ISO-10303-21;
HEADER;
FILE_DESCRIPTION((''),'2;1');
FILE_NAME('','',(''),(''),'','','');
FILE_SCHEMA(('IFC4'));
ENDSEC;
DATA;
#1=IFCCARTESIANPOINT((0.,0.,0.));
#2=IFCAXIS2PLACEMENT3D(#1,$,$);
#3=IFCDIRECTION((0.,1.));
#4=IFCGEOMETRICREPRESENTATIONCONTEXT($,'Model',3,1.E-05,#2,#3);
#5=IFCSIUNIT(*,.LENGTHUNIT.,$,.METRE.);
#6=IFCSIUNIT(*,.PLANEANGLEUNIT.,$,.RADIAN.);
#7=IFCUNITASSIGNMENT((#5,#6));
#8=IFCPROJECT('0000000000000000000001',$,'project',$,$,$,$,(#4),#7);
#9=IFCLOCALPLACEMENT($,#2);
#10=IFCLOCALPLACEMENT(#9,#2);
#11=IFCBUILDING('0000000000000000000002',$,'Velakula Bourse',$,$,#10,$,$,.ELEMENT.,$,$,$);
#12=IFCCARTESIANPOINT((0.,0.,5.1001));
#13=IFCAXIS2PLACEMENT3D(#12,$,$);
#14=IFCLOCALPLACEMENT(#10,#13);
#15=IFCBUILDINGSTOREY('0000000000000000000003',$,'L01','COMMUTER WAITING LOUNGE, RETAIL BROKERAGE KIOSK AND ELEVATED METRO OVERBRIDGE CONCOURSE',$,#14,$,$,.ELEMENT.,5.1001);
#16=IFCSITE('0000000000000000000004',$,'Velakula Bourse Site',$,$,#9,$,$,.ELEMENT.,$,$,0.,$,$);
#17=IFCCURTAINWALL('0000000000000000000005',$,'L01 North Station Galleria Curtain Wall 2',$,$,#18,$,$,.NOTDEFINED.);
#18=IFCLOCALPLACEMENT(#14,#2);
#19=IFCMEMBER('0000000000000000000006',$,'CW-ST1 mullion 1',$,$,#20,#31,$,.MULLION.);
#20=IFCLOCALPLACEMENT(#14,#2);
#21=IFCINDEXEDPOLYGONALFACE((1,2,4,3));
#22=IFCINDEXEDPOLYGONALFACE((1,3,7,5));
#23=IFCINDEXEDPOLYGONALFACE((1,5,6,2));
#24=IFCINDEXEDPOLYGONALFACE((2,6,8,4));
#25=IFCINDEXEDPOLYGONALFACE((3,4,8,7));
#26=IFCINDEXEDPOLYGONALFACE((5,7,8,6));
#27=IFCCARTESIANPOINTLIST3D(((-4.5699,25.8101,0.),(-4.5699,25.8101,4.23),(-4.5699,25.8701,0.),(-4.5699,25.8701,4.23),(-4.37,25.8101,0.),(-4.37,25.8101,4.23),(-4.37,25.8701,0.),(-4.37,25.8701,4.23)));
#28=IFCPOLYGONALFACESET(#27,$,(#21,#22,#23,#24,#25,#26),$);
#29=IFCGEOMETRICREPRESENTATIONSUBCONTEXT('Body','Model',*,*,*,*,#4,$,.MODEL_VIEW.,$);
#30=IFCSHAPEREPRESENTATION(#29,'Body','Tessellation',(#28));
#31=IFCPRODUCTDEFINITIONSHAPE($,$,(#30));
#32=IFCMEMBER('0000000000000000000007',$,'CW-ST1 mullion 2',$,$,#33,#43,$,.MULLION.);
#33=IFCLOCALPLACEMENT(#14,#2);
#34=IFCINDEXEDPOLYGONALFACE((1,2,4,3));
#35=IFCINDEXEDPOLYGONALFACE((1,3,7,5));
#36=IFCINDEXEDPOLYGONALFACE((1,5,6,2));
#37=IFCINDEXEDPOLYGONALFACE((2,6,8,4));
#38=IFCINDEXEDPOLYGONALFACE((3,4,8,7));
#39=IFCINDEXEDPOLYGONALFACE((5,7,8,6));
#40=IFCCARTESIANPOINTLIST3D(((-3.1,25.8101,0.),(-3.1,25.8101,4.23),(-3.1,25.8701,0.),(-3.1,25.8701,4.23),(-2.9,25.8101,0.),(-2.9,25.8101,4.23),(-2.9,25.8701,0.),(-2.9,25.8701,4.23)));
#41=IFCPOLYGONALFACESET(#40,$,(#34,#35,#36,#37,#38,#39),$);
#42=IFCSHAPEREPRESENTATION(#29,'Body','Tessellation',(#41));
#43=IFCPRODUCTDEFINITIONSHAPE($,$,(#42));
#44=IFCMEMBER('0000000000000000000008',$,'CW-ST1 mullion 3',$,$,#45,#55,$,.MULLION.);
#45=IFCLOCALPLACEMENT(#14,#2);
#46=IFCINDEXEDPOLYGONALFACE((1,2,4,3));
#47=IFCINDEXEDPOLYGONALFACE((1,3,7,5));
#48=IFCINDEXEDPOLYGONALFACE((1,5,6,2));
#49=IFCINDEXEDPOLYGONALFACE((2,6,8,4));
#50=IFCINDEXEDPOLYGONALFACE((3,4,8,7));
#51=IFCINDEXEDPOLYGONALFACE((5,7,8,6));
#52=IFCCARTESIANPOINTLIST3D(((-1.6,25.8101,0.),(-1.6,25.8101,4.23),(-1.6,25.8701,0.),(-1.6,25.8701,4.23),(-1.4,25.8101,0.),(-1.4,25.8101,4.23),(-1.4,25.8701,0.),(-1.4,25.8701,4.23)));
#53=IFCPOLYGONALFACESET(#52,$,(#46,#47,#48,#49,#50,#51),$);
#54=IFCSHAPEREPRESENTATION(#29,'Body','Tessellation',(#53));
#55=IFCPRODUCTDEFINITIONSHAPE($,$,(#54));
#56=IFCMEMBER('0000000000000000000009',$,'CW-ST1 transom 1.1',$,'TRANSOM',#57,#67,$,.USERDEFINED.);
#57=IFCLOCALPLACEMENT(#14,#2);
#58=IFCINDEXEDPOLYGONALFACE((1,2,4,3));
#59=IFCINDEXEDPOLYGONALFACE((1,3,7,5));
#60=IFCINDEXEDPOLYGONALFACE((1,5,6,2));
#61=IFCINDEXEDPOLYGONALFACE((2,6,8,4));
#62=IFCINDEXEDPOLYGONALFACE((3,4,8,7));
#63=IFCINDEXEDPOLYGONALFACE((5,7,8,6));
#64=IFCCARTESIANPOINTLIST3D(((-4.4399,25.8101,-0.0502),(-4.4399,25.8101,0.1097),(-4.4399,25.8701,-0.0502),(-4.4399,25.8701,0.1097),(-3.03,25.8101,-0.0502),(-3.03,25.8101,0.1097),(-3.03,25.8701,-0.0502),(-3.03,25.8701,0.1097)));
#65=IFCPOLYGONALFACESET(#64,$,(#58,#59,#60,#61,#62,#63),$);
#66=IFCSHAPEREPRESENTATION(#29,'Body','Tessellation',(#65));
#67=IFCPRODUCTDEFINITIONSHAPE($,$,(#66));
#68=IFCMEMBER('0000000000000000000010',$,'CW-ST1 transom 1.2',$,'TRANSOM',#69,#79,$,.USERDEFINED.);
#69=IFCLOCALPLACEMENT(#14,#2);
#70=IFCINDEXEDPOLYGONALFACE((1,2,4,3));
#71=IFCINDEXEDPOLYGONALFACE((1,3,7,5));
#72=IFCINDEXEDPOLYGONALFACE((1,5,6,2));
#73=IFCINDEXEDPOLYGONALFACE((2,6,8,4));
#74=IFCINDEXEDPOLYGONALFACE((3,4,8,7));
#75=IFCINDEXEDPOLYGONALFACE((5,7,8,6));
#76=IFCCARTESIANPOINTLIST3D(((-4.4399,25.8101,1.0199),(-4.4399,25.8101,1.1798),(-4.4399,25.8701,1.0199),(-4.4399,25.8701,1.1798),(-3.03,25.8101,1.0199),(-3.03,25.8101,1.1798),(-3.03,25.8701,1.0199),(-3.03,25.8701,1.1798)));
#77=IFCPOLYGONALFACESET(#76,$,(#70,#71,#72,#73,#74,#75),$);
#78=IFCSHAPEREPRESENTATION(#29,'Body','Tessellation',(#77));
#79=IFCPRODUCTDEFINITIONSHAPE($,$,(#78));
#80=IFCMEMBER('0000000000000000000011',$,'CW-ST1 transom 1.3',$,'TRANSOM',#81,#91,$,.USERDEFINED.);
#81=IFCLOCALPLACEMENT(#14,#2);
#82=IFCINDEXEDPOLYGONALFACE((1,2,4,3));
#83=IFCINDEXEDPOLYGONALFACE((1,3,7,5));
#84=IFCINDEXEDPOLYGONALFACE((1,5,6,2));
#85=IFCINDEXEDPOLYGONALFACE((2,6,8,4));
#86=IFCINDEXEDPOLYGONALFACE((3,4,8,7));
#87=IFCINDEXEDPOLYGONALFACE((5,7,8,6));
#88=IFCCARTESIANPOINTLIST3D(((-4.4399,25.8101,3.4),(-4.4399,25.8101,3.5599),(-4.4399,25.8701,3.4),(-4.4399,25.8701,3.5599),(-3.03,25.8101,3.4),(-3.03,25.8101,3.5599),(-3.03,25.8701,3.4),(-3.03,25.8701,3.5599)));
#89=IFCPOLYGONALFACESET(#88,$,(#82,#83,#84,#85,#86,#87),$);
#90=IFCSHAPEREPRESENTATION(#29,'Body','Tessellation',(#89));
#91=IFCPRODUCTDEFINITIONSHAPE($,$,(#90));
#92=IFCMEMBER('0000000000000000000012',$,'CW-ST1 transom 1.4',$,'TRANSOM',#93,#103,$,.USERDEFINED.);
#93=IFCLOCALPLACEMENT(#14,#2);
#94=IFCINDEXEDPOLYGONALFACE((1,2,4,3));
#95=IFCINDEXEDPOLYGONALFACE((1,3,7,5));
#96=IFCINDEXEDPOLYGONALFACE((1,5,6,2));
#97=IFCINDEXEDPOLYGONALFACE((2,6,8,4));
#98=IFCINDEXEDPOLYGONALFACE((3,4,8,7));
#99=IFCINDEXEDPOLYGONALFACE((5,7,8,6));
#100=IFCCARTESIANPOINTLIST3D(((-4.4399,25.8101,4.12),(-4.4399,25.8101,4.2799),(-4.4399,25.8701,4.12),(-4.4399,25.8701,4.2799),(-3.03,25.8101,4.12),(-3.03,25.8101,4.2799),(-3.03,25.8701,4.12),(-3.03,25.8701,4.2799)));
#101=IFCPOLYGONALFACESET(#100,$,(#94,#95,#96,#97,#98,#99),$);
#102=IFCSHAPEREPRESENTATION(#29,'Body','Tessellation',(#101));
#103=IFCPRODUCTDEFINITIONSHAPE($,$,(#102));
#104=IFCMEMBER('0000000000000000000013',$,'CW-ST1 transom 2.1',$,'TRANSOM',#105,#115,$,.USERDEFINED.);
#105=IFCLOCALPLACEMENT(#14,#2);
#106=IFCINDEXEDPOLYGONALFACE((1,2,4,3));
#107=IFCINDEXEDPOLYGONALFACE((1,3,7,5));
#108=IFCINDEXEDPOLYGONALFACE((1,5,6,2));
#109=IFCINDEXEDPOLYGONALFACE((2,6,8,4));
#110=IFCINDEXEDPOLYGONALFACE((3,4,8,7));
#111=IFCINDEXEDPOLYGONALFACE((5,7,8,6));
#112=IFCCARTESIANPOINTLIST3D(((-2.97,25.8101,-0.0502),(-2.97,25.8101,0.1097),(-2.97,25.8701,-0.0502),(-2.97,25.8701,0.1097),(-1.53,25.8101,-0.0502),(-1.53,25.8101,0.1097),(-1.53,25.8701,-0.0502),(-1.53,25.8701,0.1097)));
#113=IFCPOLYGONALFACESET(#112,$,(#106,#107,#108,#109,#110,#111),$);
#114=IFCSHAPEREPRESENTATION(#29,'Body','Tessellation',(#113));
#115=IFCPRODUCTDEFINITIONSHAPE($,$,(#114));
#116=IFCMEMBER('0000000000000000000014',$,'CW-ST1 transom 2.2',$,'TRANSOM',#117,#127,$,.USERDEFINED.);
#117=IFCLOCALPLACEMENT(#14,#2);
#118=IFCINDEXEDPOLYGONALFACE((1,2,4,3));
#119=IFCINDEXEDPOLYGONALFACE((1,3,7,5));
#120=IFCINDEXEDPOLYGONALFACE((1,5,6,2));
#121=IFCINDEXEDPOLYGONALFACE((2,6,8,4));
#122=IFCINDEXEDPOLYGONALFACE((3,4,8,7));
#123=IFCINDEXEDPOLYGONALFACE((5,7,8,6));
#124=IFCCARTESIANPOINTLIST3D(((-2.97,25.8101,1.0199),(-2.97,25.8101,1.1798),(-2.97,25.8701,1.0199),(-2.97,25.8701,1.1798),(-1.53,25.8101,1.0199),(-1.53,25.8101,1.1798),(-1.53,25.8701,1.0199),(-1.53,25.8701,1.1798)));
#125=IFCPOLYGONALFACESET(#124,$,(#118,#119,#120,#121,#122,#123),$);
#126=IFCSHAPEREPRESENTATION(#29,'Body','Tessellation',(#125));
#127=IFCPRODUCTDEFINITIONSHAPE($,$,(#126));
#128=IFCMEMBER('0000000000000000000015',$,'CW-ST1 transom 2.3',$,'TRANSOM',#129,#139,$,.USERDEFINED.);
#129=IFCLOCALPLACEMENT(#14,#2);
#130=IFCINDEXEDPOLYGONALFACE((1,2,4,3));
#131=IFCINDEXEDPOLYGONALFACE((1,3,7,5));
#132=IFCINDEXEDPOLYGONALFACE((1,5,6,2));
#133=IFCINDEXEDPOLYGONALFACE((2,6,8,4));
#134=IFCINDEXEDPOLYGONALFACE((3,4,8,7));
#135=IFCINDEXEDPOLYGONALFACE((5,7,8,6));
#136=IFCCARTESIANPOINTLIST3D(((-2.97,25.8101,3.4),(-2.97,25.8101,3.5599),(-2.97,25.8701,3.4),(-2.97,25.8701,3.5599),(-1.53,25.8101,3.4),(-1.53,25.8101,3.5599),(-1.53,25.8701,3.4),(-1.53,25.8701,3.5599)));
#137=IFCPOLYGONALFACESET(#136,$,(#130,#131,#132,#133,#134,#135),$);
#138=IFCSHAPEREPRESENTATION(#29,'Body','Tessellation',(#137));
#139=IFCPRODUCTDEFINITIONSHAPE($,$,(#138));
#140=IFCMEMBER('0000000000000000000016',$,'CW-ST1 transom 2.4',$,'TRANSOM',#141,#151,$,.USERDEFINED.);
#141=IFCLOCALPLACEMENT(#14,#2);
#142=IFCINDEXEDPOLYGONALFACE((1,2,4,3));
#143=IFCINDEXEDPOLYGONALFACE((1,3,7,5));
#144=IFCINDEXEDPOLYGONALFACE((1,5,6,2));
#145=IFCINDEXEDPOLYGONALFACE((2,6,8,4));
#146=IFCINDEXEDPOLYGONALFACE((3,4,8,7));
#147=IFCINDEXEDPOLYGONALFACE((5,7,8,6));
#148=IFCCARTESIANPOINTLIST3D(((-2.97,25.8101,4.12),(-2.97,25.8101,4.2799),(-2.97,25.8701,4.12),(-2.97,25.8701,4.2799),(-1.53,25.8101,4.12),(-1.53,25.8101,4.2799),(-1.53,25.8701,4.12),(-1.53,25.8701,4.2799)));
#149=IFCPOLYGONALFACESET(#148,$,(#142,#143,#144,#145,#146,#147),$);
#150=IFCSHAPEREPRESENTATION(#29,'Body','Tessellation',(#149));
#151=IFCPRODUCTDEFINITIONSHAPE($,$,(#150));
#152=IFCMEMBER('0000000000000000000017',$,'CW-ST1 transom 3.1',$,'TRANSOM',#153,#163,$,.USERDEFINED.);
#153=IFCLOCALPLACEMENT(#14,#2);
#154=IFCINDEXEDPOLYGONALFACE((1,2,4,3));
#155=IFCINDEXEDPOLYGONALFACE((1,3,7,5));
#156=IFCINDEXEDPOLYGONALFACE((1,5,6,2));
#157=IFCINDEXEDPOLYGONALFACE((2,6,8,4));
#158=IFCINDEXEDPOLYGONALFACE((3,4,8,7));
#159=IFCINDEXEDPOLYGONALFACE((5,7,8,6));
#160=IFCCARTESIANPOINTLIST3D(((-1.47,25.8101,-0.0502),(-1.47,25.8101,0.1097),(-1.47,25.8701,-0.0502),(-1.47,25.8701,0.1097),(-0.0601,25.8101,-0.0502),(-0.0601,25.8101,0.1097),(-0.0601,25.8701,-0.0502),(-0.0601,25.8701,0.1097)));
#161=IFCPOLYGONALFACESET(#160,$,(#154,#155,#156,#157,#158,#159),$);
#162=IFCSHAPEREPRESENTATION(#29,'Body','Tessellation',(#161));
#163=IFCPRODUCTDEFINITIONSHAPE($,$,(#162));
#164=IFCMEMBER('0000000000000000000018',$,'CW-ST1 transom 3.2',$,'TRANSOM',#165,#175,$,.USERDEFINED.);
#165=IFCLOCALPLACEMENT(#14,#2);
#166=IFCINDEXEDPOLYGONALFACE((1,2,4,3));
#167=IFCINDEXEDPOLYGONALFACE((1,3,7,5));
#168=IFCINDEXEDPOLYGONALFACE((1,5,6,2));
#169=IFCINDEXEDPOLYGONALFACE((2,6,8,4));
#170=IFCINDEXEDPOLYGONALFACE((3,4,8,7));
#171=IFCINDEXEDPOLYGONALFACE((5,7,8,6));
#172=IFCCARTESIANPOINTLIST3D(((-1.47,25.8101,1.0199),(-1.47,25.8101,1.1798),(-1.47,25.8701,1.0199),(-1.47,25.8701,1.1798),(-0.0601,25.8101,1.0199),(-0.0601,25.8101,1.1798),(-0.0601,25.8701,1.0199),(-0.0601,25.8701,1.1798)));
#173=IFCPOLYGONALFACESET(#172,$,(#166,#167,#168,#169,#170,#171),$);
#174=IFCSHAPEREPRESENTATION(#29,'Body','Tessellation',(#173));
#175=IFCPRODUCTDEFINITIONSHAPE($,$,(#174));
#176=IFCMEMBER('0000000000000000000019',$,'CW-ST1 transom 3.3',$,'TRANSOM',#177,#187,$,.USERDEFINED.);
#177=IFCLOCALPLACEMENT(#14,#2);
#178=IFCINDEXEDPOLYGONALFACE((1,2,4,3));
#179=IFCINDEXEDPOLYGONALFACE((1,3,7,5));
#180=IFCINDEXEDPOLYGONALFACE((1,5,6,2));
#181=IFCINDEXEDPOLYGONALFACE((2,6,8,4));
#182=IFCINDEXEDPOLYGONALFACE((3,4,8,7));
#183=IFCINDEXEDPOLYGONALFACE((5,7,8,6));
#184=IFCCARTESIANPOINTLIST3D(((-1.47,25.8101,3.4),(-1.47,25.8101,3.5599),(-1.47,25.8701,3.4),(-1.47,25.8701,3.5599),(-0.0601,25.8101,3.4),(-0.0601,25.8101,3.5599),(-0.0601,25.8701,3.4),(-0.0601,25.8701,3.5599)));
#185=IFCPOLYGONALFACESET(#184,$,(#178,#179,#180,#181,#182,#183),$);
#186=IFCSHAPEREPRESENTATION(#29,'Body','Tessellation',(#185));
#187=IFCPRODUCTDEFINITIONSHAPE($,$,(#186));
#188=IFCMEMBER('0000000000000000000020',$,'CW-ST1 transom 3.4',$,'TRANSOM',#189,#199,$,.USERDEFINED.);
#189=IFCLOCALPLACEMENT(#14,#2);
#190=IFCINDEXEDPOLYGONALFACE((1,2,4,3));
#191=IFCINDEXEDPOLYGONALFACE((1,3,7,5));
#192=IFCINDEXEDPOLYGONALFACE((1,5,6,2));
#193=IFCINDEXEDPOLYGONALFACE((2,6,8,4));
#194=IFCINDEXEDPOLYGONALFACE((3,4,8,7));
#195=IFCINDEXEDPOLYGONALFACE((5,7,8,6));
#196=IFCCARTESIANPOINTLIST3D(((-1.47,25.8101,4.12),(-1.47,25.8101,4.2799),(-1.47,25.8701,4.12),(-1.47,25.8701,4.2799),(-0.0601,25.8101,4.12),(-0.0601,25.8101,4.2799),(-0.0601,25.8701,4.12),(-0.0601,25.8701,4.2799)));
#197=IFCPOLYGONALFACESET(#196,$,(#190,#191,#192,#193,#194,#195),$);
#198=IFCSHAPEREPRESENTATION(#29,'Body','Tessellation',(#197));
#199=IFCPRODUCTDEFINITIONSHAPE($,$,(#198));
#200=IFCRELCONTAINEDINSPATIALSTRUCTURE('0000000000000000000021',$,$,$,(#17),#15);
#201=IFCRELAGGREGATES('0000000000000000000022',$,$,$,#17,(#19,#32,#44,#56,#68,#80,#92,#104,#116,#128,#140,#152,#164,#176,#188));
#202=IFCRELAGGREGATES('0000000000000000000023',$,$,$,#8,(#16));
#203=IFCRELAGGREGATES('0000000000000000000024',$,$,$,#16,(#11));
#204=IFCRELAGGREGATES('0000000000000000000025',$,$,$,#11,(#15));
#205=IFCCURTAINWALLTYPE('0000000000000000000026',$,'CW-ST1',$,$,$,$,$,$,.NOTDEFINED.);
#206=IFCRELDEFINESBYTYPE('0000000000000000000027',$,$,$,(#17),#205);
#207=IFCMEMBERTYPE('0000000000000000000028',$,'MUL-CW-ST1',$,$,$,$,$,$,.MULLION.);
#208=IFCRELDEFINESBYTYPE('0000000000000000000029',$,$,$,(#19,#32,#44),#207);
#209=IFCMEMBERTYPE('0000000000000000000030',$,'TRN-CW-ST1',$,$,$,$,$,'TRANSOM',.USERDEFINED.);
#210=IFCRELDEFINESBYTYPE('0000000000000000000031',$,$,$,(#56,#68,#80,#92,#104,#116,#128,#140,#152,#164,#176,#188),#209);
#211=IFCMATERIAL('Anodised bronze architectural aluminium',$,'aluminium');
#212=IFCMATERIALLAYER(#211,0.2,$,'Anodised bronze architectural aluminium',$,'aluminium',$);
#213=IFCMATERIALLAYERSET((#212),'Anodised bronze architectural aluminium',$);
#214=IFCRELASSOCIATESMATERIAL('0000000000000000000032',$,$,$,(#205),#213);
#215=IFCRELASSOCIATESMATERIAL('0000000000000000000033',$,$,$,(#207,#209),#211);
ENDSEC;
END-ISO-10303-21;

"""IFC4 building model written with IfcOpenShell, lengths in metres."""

from ifc_helpers import new_model, si_unit, direction, frame, origin, origin_2d, place, context, subcontext, project, spatial, rectangle, extrude, material, layer, layer_set, material_profile, profile_set, type_object, element, aggregate, save


model = new_model("IFC4")

# Units and contexts
model_context = context("Model", 3, precision=1e-05, world=origin(), true_north=direction((0.0, 1.0)))
body_context = subcontext(model_context, "Body", "Model", "MODEL_VIEW")
ifc_project = project(units=[si_unit("LENGTHUNIT", "METRE"), si_unit("PLANEANGLEUNIT", "RADIAN")], contexts=[model_context])

# Site, building, storey
site_placement = place(None, origin())
site = spatial("IfcSite", under=ifc_project, at=site_placement, Name="Velakula Bourse Site", CompositionType="ELEMENT", RefElevation=0.0)
building_placement = place(site_placement, origin())
building = spatial("IfcBuilding", under=site, at=building_placement, Name="Velakula Bourse", CompositionType="ELEMENT")
storey_placement = place(building_placement, frame((0.0, 0.0, 5.1001)))
storey = spatial("IfcBuildingStorey", under=building, at=storey_placement, Name="L01", Description="COMMUTER WAITING LOUNGE, RETAIL BROKERAGE KIOSK AND ELEVATED METRO OVERBRIDGE CONCOURSE", CompositionType="ELEMENT", Elevation=5.1001)

# Curtain wall, members
ifc_material_1 = material(Name="Anodised bronze architectural aluminium", Category="aluminium")
ifc_layer_1 = layer(ifc_material_1, 0.2, Name="Anodised bronze architectural aluminium", Category="aluminium")
ifc_layer_set_1 = layer_set([ifc_layer_1], Name="Anodised bronze architectural aluminium")
curtain_wall_type = type_object("IfcCurtainWallType", Name="CW-ST1", PredefinedType="NOTDEFINED", material=ifc_layer_set_1)
curtain_wall_placement = place(storey_placement, origin())
curtain_wall = element("IfcCurtainWall", 1, at=curtain_wall_placement, inside=storey, type_object=curtain_wall_type, Name="L01 North Station Galleria Curtain Wall 2", PredefinedType="NOTDEFINED")
ifc_material_profile_1 = material_profile(ifc_material_1, rectangle(XDim=0.0601, YDim=0.2, at=origin_2d()), Name="Anodised bronze architectural aluminium")
ifc_profile_set_1 = profile_set([ifc_material_profile_1], Name="Anodised bronze architectural aluminium")
member_type_1 = type_object("IfcMemberType", Name="MUL-CW-ST1", PredefinedType="MULLION", material=ifc_profile_set_1)
member_1_placement = place(storey_placement, frame((-4.47, 25.8401, 0.0), z_axis=(0.0, 0.0, 1.0), x_axis=(0.0, 1.0, 0.0)))
member_1 = element("IfcMember", 2, at=member_1_placement, type_object=member_type_1, Name="CW-ST1 mullion 1", PredefinedType="MULLION", context=body_context, shape_type="SweptSolid", body=[
    extrude(rectangle(XDim=0.0601, YDim=0.2, at=origin_2d()), origin(), (0.0, 0.0, 1.0), 4.23),
])
member_2_placement = place(storey_placement, frame((-3.0, 25.8401, 0.0), z_axis=(0.0, 0.0, 1.0), x_axis=(0.0, 1.0, 0.0)))
member_2 = element("IfcMember", 3, at=member_2_placement, type_object=member_type_1, Name="CW-ST1 mullion 2", PredefinedType="MULLION", context=body_context, shape_type="SweptSolid", body=[
    extrude(rectangle(XDim=0.0601, YDim=0.2, at=origin_2d()), origin(), (0.0, 0.0, 1.0), 4.23),
])
member_3_placement = place(storey_placement, frame((-1.5, 25.8401, 0.0), z_axis=(0.0, 0.0, 1.0), x_axis=(0.0, 1.0, 0.0)))
member_3 = element("IfcMember", 4, at=member_3_placement, type_object=member_type_1, Name="CW-ST1 mullion 3", PredefinedType="MULLION", context=body_context, shape_type="SweptSolid", body=[
    extrude(rectangle(XDim=0.0601, YDim=0.2, at=origin_2d()), origin(), (0.0, 0.0, 1.0), 4.23),
])
ifc_material_profile_2 = material_profile(ifc_material_1, rectangle(XDim=0.0601, YDim=0.1599, at=origin_2d()), Name="Anodised bronze architectural aluminium")
ifc_profile_set_2 = profile_set([ifc_material_profile_2], Name="Anodised bronze architectural aluminium")
member_type_2 = type_object("IfcMemberType", Name="TRN-CW-ST1", ElementType="TRANSOM", PredefinedType="USERDEFINED", material=ifc_profile_set_2)
member_4_placement = place(storey_placement, frame((-4.4399, 25.8401, 0.0298), z_axis=(1.0, 0.0, 0.0), x_axis=(0.0, 1.0, 0.0)))
member_4 = element("IfcMember", 5, at=member_4_placement, type_object=member_type_2, Name="CW-ST1 transom 1.1", ObjectType="TRANSOM", PredefinedType="USERDEFINED", context=body_context, shape_type="SweptSolid", body=[
    extrude(rectangle(XDim=0.0601, YDim=0.1599, at=origin_2d()), origin(), (0.0, 0.0, 1.0), 1.4099),
])
member_5_placement = place(storey_placement, frame((-4.4399, 25.8401, 1.0999), z_axis=(1.0, 0.0, 0.0), x_axis=(0.0, 1.0, 0.0)))
member_5 = element("IfcMember", 6, at=member_5_placement, type_object=member_type_2, Name="CW-ST1 transom 1.2", ObjectType="TRANSOM", PredefinedType="USERDEFINED", context=body_context, shape_type="SweptSolid", body=[
    extrude(rectangle(XDim=0.0601, YDim=0.1599, at=origin_2d()), origin(), (0.0, 0.0, 1.0), 1.4099),
])
member_6_placement = place(storey_placement, frame((-4.4399, 25.8401, 3.48), z_axis=(1.0, 0.0, 0.0), x_axis=(0.0, 1.0, 0.0)))
member_6 = element("IfcMember", 7, at=member_6_placement, type_object=member_type_2, Name="CW-ST1 transom 1.3", ObjectType="TRANSOM", PredefinedType="USERDEFINED", context=body_context, shape_type="SweptSolid", body=[
    extrude(rectangle(XDim=0.0601, YDim=0.1599, at=origin_2d()), origin(), (0.0, 0.0, 1.0), 1.4099),
])
member_7_placement = place(storey_placement, frame((-4.4399, 25.8401, 4.2), z_axis=(1.0, 0.0, 0.0), x_axis=(0.0, 1.0, 0.0)))
member_7 = element("IfcMember", 8, at=member_7_placement, type_object=member_type_2, Name="CW-ST1 transom 1.4", ObjectType="TRANSOM", PredefinedType="USERDEFINED", context=body_context, shape_type="SweptSolid", body=[
    extrude(rectangle(XDim=0.0601, YDim=0.1599, at=origin_2d()), origin(), (0.0, 0.0, 1.0), 1.4099),
])
member_8_placement = place(storey_placement, frame((-2.97, 25.8401, 0.0298), z_axis=(1.0, 0.0, 0.0), x_axis=(0.0, 1.0, 0.0)))
member_8 = element("IfcMember", 9, at=member_8_placement, type_object=member_type_2, Name="CW-ST1 transom 2.1", ObjectType="TRANSOM", PredefinedType="USERDEFINED", context=body_context, shape_type="SweptSolid", body=[
    extrude(rectangle(XDim=0.0601, YDim=0.1599, at=origin_2d()), origin(), (0.0, 0.0, 1.0), 1.4399),
])
member_9_placement = place(storey_placement, frame((-2.97, 25.8401, 1.0999), z_axis=(1.0, 0.0, 0.0), x_axis=(0.0, 1.0, 0.0)))
member_9 = element("IfcMember", 10, at=member_9_placement, type_object=member_type_2, Name="CW-ST1 transom 2.2", ObjectType="TRANSOM", PredefinedType="USERDEFINED", context=body_context, shape_type="SweptSolid", body=[
    extrude(rectangle(XDim=0.0601, YDim=0.1599, at=origin_2d()), origin(), (0.0, 0.0, 1.0), 1.4399),
])
member_10_placement = place(storey_placement, frame((-2.97, 25.8401, 3.48), z_axis=(1.0, 0.0, 0.0), x_axis=(0.0, 1.0, 0.0)))
member_10 = element("IfcMember", 11, at=member_10_placement, type_object=member_type_2, Name="CW-ST1 transom 2.3", ObjectType="TRANSOM", PredefinedType="USERDEFINED", context=body_context, shape_type="SweptSolid", body=[
    extrude(rectangle(XDim=0.0601, YDim=0.1599, at=origin_2d()), origin(), (0.0, 0.0, 1.0), 1.4399),
])
member_11_placement = place(storey_placement, frame((-2.97, 25.8401, 4.2), z_axis=(1.0, 0.0, 0.0), x_axis=(0.0, 1.0, 0.0)))
member_11 = element("IfcMember", 12, at=member_11_placement, type_object=member_type_2, Name="CW-ST1 transom 2.4", ObjectType="TRANSOM", PredefinedType="USERDEFINED", context=body_context, shape_type="SweptSolid", body=[
    extrude(rectangle(XDim=0.0601, YDim=0.1599, at=origin_2d()), origin(), (0.0, 0.0, 1.0), 1.4399),
])
member_12_placement = place(storey_placement, frame((-1.47, 25.8401, 0.0298), z_axis=(1.0, 0.0, 0.0), x_axis=(0.0, 1.0, 0.0)))
member_12 = element("IfcMember", 13, at=member_12_placement, type_object=member_type_2, Name="CW-ST1 transom 3.1", ObjectType="TRANSOM", PredefinedType="USERDEFINED", context=body_context, shape_type="SweptSolid", body=[
    extrude(rectangle(XDim=0.0601, YDim=0.1599, at=origin_2d()), origin(), (0.0, 0.0, 1.0), 1.4099),
])
member_13_placement = place(storey_placement, frame((-1.47, 25.8401, 1.0999), z_axis=(1.0, 0.0, 0.0), x_axis=(0.0, 1.0, 0.0)))
member_13 = element("IfcMember", 14, at=member_13_placement, type_object=member_type_2, Name="CW-ST1 transom 3.2", ObjectType="TRANSOM", PredefinedType="USERDEFINED", context=body_context, shape_type="SweptSolid", body=[
    extrude(rectangle(XDim=0.0601, YDim=0.1599, at=origin_2d()), origin(), (0.0, 0.0, 1.0), 1.4099),
])
member_14_placement = place(storey_placement, frame((-1.47, 25.8401, 3.48), z_axis=(1.0, 0.0, 0.0), x_axis=(0.0, 1.0, 0.0)))
member_14 = element("IfcMember", 15, at=member_14_placement, type_object=member_type_2, Name="CW-ST1 transom 3.3", ObjectType="TRANSOM", PredefinedType="USERDEFINED", context=body_context, shape_type="SweptSolid", body=[
    extrude(rectangle(XDim=0.0601, YDim=0.1599, at=origin_2d()), origin(), (0.0, 0.0, 1.0), 1.4099),
])
member_15_placement = place(storey_placement, frame((-1.47, 25.8401, 4.2), z_axis=(1.0, 0.0, 0.0), x_axis=(0.0, 1.0, 0.0)))
member_15 = element("IfcMember", 16, at=member_15_placement, type_object=member_type_2, Name="CW-ST1 transom 3.4", ObjectType="TRANSOM", PredefinedType="USERDEFINED", context=body_context, shape_type="SweptSolid", body=[
    extrude(rectangle(XDim=0.0601, YDim=0.1599, at=origin_2d()), origin(), (0.0, 0.0, 1.0), 1.4099),
])
aggregate(curtain_wall, [member_1, member_2, member_3, member_4, member_5, member_6, member_7, member_8, member_9, member_10, member_11, member_12, member_13, member_14, member_15])

save(model, "model.ifc")
